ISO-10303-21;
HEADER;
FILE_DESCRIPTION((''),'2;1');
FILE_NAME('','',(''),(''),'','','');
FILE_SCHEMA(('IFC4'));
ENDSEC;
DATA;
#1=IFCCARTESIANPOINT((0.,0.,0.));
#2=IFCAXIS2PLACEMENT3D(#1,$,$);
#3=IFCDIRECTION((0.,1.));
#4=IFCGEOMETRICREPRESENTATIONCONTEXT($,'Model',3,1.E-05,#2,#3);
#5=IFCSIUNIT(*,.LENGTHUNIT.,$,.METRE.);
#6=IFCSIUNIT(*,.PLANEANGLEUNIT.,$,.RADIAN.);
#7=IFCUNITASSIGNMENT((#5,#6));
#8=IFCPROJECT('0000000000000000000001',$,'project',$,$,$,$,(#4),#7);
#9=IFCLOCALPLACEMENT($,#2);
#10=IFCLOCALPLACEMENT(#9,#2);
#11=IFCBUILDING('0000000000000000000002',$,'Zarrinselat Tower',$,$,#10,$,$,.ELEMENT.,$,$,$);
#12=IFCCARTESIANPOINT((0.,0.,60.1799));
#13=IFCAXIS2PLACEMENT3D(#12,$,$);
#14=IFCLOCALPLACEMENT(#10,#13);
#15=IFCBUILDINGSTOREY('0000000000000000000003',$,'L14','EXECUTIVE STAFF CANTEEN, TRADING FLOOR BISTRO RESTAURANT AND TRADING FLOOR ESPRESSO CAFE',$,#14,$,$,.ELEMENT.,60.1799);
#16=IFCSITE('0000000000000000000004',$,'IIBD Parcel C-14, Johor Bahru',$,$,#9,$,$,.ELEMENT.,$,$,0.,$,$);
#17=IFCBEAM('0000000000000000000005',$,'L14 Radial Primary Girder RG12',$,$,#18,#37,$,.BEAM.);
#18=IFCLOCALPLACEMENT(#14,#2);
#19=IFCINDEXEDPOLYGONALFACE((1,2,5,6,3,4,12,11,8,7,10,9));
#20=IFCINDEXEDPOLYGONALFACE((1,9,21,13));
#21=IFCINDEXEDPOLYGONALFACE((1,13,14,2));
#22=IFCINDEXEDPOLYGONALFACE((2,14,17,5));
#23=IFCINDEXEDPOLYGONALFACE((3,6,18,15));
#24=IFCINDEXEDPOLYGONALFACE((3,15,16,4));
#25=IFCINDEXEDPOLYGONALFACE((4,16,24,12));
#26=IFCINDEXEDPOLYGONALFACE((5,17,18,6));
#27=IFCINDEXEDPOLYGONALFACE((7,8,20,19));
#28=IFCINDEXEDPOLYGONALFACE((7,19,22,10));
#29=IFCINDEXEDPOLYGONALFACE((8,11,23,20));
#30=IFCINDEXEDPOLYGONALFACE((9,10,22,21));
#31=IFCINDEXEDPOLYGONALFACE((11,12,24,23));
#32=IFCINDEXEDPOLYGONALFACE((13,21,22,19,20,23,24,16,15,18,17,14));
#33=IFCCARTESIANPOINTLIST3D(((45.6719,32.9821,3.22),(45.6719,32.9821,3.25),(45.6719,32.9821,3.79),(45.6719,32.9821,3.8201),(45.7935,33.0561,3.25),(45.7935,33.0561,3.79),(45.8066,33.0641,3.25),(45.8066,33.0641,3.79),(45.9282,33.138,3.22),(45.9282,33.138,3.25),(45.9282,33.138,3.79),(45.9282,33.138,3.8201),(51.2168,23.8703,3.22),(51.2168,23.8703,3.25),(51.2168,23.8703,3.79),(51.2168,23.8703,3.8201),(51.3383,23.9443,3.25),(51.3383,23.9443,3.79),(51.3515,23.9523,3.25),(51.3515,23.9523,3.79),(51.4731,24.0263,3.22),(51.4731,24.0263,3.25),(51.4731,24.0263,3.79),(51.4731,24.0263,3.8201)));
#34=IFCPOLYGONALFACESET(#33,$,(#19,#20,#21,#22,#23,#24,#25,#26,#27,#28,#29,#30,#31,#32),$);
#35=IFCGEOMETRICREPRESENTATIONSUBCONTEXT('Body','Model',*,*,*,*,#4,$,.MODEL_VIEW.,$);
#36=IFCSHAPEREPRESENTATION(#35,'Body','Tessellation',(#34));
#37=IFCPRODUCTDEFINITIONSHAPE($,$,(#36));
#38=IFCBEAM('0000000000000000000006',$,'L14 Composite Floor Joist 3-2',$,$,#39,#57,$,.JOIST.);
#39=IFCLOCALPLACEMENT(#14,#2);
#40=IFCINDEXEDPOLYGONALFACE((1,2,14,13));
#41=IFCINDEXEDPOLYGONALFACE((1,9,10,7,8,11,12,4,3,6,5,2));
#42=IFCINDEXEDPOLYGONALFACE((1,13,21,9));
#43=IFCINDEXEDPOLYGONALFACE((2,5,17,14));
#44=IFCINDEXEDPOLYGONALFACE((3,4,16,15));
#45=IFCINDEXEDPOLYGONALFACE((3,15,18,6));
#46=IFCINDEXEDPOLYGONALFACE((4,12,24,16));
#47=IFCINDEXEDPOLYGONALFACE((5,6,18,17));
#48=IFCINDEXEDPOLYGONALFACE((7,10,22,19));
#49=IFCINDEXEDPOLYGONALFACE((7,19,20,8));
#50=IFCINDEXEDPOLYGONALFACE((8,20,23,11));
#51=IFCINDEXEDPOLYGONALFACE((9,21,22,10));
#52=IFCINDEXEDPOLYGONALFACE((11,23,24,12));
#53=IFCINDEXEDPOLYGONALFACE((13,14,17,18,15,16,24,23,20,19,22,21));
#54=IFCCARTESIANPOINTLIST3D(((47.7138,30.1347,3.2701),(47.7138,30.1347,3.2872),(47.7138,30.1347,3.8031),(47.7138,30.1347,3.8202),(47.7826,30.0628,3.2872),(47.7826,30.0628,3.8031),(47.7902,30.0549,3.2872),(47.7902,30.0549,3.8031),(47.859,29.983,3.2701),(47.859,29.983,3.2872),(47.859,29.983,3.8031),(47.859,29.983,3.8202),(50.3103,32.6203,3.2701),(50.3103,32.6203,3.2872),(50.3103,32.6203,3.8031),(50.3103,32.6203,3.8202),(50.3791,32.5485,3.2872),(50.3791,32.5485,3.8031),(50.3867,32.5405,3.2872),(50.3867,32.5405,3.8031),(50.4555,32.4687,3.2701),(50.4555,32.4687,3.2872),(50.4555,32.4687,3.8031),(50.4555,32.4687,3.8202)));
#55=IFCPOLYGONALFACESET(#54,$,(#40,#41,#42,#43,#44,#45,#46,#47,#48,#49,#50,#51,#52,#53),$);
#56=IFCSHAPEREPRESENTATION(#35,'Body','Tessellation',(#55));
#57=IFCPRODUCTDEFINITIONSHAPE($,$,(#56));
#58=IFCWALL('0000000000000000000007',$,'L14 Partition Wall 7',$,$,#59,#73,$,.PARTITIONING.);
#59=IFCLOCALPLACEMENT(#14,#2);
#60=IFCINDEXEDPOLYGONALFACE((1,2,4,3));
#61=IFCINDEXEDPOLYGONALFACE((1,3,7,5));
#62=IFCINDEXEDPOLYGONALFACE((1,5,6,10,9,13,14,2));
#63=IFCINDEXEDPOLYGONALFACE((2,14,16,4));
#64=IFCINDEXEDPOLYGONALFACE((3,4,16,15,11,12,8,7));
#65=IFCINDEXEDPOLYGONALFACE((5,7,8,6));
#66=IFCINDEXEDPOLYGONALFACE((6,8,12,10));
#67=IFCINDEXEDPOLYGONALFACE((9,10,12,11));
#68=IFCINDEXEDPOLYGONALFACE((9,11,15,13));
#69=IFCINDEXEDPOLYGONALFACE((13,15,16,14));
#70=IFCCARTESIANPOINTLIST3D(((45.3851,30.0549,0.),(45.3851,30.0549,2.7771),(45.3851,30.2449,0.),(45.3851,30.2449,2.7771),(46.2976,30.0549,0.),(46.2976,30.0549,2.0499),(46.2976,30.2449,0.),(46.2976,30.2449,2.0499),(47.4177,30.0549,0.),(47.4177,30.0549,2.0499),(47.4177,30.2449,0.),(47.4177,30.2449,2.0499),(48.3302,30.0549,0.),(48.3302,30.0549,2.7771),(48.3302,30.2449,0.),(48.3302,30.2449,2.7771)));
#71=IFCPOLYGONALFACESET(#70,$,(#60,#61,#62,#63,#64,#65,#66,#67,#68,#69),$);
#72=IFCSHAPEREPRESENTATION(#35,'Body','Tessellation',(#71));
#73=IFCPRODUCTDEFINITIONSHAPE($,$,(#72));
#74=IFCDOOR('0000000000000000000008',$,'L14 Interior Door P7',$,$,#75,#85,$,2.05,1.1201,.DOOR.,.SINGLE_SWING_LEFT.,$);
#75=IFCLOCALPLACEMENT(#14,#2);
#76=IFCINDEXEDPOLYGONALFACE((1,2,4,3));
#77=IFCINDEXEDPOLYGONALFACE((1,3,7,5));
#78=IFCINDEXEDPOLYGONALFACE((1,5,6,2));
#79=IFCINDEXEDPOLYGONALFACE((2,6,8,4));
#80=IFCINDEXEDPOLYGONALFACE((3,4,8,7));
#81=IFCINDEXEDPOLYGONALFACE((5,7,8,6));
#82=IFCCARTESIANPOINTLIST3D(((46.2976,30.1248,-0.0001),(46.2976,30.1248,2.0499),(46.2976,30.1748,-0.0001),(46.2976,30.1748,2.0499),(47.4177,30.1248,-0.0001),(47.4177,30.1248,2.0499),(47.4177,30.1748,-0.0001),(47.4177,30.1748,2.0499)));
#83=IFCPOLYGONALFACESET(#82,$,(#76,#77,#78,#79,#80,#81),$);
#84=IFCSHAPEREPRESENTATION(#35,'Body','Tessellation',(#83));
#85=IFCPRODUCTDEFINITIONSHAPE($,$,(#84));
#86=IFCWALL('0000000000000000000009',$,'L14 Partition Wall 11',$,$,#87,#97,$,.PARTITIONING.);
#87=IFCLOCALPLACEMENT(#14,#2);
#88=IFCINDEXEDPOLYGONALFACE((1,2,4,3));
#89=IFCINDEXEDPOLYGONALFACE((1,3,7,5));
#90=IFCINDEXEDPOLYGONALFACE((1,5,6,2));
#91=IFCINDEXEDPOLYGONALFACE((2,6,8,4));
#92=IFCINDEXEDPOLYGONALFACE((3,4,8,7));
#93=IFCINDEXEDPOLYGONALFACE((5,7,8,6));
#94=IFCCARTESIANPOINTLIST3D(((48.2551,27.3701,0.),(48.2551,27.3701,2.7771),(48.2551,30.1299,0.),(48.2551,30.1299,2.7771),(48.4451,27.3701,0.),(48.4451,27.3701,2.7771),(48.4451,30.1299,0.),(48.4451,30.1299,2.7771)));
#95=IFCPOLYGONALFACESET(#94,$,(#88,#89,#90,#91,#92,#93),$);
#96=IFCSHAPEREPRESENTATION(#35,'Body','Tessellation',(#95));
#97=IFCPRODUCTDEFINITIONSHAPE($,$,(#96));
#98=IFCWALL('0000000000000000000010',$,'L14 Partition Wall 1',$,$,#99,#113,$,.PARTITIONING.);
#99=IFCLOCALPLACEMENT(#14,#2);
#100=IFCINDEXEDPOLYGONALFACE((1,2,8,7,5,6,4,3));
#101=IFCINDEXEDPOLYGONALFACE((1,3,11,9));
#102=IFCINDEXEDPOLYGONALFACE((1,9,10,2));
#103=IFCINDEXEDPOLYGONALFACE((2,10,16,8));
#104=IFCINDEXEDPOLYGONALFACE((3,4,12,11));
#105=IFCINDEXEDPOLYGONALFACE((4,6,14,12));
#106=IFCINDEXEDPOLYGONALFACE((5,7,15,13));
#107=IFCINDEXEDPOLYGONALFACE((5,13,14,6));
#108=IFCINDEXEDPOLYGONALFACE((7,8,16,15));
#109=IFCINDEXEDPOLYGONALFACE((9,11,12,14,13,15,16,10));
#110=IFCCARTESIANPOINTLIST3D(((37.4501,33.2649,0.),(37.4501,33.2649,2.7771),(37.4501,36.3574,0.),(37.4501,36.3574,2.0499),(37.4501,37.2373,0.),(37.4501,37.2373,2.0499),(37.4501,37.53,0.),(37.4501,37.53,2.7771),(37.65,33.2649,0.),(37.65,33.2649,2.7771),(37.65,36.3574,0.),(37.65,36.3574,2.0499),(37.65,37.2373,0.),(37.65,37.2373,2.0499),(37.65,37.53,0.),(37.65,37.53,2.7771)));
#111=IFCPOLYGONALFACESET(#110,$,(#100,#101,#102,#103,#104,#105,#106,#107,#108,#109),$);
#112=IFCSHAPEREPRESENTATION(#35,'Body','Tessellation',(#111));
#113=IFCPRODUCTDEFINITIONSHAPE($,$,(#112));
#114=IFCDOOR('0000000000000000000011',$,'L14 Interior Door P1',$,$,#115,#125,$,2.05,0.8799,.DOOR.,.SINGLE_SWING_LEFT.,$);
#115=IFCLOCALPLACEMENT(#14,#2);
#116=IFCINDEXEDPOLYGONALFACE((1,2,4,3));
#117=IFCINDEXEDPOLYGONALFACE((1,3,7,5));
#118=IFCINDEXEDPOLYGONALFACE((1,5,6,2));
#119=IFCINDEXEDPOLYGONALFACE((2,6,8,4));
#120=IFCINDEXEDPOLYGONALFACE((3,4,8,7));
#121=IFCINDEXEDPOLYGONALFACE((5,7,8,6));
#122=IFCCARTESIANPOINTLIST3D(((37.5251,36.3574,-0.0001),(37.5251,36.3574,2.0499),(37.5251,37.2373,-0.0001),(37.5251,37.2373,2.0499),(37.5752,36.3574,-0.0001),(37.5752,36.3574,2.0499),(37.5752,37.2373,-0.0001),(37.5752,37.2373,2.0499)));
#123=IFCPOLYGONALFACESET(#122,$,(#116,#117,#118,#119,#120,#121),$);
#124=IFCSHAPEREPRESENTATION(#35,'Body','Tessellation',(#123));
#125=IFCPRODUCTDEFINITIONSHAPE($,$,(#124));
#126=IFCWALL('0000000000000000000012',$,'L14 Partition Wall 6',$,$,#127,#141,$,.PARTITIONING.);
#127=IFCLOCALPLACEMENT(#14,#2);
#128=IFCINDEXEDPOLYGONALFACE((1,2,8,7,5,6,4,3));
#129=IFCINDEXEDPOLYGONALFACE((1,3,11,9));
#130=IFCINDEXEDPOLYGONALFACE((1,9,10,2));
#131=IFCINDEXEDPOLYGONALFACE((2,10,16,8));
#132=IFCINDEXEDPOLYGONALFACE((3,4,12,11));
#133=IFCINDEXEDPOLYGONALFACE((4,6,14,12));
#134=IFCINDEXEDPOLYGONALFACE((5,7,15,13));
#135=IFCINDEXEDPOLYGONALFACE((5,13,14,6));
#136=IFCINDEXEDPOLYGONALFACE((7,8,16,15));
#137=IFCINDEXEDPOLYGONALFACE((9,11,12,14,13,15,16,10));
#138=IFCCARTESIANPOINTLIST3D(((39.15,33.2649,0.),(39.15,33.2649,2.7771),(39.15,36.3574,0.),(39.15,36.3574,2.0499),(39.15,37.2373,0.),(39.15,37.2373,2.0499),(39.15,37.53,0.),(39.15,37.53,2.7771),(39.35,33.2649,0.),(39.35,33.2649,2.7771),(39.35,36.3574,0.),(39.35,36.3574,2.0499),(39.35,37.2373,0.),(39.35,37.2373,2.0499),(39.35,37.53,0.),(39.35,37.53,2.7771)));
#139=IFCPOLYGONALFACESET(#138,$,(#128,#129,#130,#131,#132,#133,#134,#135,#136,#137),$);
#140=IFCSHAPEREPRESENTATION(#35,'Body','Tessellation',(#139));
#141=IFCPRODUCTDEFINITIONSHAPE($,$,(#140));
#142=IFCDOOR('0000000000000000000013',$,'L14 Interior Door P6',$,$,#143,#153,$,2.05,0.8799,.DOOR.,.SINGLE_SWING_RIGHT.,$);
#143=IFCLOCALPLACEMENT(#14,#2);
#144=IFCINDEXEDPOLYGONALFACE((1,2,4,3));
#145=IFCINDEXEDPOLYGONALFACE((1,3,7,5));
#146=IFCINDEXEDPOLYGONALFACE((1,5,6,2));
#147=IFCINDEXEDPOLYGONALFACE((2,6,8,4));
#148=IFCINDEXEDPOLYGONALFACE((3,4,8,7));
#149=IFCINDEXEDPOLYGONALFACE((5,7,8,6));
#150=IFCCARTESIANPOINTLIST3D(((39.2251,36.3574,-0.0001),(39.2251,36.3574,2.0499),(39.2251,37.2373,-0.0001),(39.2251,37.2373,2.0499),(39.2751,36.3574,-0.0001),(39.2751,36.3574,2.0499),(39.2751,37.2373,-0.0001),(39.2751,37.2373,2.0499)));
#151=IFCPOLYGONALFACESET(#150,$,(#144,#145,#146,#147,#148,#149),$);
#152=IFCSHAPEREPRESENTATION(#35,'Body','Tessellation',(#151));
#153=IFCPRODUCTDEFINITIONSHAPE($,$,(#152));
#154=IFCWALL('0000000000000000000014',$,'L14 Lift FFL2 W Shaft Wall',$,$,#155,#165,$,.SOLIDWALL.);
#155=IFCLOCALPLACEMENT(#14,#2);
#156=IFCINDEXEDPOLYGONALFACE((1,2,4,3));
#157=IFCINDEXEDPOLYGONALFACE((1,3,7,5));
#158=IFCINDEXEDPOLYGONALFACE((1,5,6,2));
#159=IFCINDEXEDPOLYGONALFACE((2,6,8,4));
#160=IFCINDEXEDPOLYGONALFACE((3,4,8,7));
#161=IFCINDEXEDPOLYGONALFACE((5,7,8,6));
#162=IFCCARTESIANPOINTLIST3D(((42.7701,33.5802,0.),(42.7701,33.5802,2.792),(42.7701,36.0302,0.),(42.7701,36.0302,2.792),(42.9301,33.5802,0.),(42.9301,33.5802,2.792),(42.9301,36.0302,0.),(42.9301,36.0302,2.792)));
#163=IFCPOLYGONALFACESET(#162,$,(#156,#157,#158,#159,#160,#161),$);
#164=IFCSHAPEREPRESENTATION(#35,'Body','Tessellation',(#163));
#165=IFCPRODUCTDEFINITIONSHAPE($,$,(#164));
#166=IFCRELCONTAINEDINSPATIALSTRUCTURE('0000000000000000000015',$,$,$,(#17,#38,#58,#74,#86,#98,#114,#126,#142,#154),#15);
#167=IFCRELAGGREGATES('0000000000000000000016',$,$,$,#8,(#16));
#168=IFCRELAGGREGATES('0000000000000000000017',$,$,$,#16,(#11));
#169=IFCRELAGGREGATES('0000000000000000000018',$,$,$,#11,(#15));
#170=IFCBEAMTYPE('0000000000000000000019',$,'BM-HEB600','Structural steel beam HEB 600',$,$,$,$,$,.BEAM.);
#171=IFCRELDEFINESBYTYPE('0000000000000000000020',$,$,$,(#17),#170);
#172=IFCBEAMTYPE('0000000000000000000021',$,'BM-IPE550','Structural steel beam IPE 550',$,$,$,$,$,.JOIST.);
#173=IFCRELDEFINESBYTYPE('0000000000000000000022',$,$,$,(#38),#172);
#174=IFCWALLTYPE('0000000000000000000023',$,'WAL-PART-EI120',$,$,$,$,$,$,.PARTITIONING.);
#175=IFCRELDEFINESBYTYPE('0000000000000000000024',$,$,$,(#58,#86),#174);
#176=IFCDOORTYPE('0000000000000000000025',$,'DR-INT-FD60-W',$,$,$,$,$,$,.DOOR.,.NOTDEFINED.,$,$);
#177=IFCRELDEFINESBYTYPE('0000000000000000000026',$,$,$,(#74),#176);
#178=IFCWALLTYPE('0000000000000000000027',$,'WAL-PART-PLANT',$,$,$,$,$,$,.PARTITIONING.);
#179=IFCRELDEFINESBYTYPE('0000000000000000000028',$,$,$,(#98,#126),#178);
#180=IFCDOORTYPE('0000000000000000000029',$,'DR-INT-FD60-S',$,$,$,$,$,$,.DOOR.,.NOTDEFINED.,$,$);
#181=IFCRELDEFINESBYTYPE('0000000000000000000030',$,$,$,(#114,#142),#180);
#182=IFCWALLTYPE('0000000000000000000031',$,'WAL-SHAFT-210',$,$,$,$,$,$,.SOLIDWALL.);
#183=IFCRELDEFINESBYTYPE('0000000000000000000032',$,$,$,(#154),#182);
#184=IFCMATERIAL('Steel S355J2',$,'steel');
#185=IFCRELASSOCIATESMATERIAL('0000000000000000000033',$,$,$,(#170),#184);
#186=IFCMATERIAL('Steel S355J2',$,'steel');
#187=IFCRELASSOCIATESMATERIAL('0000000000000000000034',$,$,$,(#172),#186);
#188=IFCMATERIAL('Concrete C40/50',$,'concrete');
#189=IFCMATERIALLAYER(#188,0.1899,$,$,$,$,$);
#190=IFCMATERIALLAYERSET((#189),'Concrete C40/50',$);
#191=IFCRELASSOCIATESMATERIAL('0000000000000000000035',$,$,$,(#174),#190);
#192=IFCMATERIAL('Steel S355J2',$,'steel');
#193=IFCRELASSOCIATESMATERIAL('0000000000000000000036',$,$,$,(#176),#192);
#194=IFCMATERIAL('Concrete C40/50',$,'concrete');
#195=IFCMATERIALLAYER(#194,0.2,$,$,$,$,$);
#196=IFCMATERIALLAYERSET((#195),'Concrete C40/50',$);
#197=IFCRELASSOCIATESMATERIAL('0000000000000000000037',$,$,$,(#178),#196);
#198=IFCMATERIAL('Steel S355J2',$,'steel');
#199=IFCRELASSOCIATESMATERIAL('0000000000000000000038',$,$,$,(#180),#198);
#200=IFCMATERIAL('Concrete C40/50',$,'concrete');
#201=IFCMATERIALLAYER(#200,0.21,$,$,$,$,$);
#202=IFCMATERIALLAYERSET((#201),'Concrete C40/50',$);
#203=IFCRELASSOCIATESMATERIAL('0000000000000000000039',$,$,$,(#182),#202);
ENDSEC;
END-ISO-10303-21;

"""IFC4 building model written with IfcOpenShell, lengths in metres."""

from ifc_helpers import new_model, si_unit, direction, frame, frame_2d, origin, origin_2d, place, context, subcontext, project, spatial, rectangle, i_section, extrude, material, layer, layer_set, material_profile, profile_set, type_object, element, fill, save


model = new_model("IFC4")

# Units and contexts
model_context = context("Model", 3, precision=1e-05, world=origin(), true_north=direction((0.0, 1.0)))
body_context = subcontext(model_context, "Body", "Model", "MODEL_VIEW")
ifc_project = project(units=[si_unit("LENGTHUNIT", "METRE"), si_unit("PLANEANGLEUNIT", "RADIAN")], contexts=[model_context])

# Site, building, storey
site_placement = place(None, origin())
site = spatial("IfcSite", under=ifc_project, at=site_placement, Name="IIBD Parcel C-14, Johor Bahru", CompositionType="ELEMENT", RefElevation=0.0)
building_placement = place(site_placement, origin())
building = spatial("IfcBuilding", under=site, at=building_placement, Name="Zarrinselat Tower", CompositionType="ELEMENT")
storey_placement = place(building_placement, frame((0.0, 0.0, 60.1799)))
storey = spatial("IfcBuildingStorey", under=building, at=storey_placement, Name="L14", Description="EXECUTIVE STAFF CANTEEN, TRADING FLOOR BISTRO RESTAURANT AND TRADING FLOOR ESPRESSO CAFE", CompositionType="ELEMENT", Elevation=60.1799)

# Beams
ifc_material_1 = material(Name="Steel S355J2", Category="steel")
ifc_material_profile_1 = material_profile(ifc_material_1, i_section(OverallWidth=0.3, OverallDepth=0.6001, WebThickness=0.0154, FlangeThickness=0.03, at=origin_2d()), Name="HEB 600")
ifc_profile_set_1 = profile_set([ifc_material_profile_1], Name="Steel S355J2")
beam_type_1 = type_object("IfcBeamType", Name="BM-HEB600", Description="Structural steel beam HEB 600", PredefinedType="BEAM", material=ifc_profile_set_1)
beam_1_placement = place(storey_placement, frame((45.8, 33.0601, 3.52), z_axis=(0.519851, -0.854257, 0.0), x_axis=(0.854257, 0.519851, 0.0)))
element("IfcBeam", 1, at=beam_1_placement, inside=storey, type_object=beam_type_1, Name="L14 Radial Primary Girder RG12", PredefinedType="BEAM", context=body_context, shape_type="SweptSolid", body=[
    extrude(i_section(OverallWidth=0.3, OverallDepth=0.6001, WebThickness=0.0154, FlangeThickness=0.03, at=origin_2d()), origin(), (0.0, 0.0, 1.0), 10.6663),
])
ifc_material_2 = material(Name="Steel S355J2", Category="steel")
ifc_material_profile_2 = material_profile(ifc_material_2, i_section(OverallWidth=0.21, OverallDepth=0.55, WebThickness=0.011, FlangeThickness=0.0171, at=origin_2d()), Name="IPE 550")
ifc_profile_set_2 = profile_set([ifc_material_profile_2], Name="Steel S355J2")
beam_type_2 = type_object("IfcBeamType", Name="BM-IPE550", Description="Structural steel beam IPE 550", PredefinedType="JOIST", material=ifc_profile_set_2)
beam_2_placement = place(storey_placement, frame((47.7864, 30.0588, 3.5452), z_axis=(0.722357, 0.69152, 0.0), x_axis=(-0.69152, 0.722357, 0.0)))
element("IfcBeam", 2, at=beam_2_placement, inside=storey, type_object=beam_type_2, Name="L14 Composite Floor Joist 3-2", PredefinedType="JOIST", context=body_context, shape_type="SweptSolid", body=[
    extrude(i_section(OverallWidth=0.21, OverallDepth=0.55, WebThickness=0.011, FlangeThickness=0.0171, at=origin_2d()), origin(), (0.0, 0.0, 1.0), 3.5945),
])

# Wall, opening, door
ifc_material_3 = material(Name="Concrete C40/50", Category="concrete")
ifc_layer_1 = layer(ifc_material_3, 0.1899)
ifc_layer_set_1 = layer_set([ifc_layer_1], Name="Concrete C40/50")
wall_type_1 = type_object("IfcWallType", Name="WAL-PART-EI120", PredefinedType="PARTITIONING", material=ifc_layer_set_1)
wall_1_placement = place(storey_placement, frame((45.385, 30.1499, 0.0), z_axis=(0.0, 0.0, 1.0), x_axis=(1.0, 0.0, 0.0)))
wall_1 = element("IfcWall", 3, at=wall_1_placement, inside=storey, type_object=wall_type_1, Name="L14 Partition Wall 7", PredefinedType="PARTITIONING", context=body_context, shape_type="SweptSolid", body=[
    extrude(rectangle(XDim=2.9451, YDim=0.1899, at=frame_2d((1.4727, 0.0))), origin(), (0.0, 0.0, 1.0), 2.7771),
])
opening_1_placement = place(wall_1_placement, frame((0.9126, 0.0, 0.0)))
opening_1 = element("IfcOpeningElement", 4, at=opening_1_placement, cuts=wall_1, PredefinedType="OPENING", context=body_context, shape_type="SweptSolid", body=[
    extrude(rectangle(XDim=1.1201, YDim=2.05, at=frame_2d((0.5601, 1.0249))), frame((0.0, 0.105, 0.0), z_axis=(0.0, -1.0, 0.0), x_axis=(1.0, 0.0, 0.0)), (0.0, 0.0, 1.0), 0.21),
])
ifc_material_4 = material(Name="Steel S355J2", Category="steel")
door_type_1 = type_object("IfcDoorType", Name="DR-INT-FD60-W", OperationType="NOTDEFINED", PredefinedType="DOOR", material=ifc_material_4)
door_1_placement = place(opening_1_placement, origin())
door_1 = element("IfcDoor", 5, at=door_1_placement, inside=storey, type_object=door_type_1, Name="L14 Interior Door P7", OperationType="SINGLE_SWING_LEFT", OverallHeight=2.05, OverallWidth=1.1201, PredefinedType="DOOR", context=body_context, shape_type="SweptSolid", body=[
    extrude(rectangle(XDim=1.1201, YDim=2.05, at=frame_2d((0.5601, 1.0249))), frame((0.0, 0.0249, 0.0), z_axis=(0.0, -1.0, 0.0), x_axis=(1.0, 0.0, 0.0)), (0.0, 0.0, 1.0), 0.05),
])
fill(opening_1, door_1)

# Wall
wall_2_placement = place(storey_placement, frame((48.3501, 27.3701, 0.0), z_axis=(0.0, 0.0, 1.0), x_axis=(0.0, 1.0, 0.0)))
element("IfcWall", 6, at=wall_2_placement, inside=storey, type_object=wall_type_1, Name="L14 Partition Wall 11", PredefinedType="PARTITIONING", context=body_context, shape_type="SweptSolid", body=[
    extrude(rectangle(XDim=2.7598, YDim=0.1899, at=frame_2d((1.3799, 0.0))), origin(), (0.0, 0.0, 1.0), 2.7771),
])

# Walls, openings, doors
ifc_material_5 = material(Name="Concrete C40/50", Category="concrete")
ifc_layer_2 = layer(ifc_material_5, 0.2)
ifc_layer_set_2 = layer_set([ifc_layer_2], Name="Concrete C40/50")
wall_type_2 = type_object("IfcWallType", Name="WAL-PART-PLANT", PredefinedType="PARTITIONING", material=ifc_layer_set_2)
wall_3_placement = place(storey_placement, frame((37.55, 33.2649, 0.0), z_axis=(0.0, 0.0, 1.0), x_axis=(0.0, 1.0, 0.0)))
wall_3 = element("IfcWall", 7, at=wall_3_placement, inside=storey, type_object=wall_type_2, Name="L14 Partition Wall 1", PredefinedType="PARTITIONING", context=body_context, shape_type="SweptSolid", body=[
    extrude(rectangle(XDim=4.2651, YDim=0.2, at=frame_2d((2.1326, 0.0))), origin(), (0.0, 0.0, 1.0), 2.7771),
])
opening_2_placement = place(wall_3_placement, frame((3.0925, 0.0, 0.0)))
opening_2 = element("IfcOpeningElement", 8, at=opening_2_placement, cuts=wall_3, PredefinedType="OPENING", context=body_context, shape_type="SweptSolid", body=[
    extrude(rectangle(XDim=0.8799, YDim=2.05, at=frame_2d((0.4399, 1.0249))), frame((0.0, 0.1099, 0.0), z_axis=(0.0, -1.0, 0.0), x_axis=(1.0, 0.0, 0.0)), (0.0, 0.0, 1.0), 0.22),
])
ifc_material_6 = material(Name="Steel S355J2", Category="steel")
door_type_2 = type_object("IfcDoorType", Name="DR-INT-FD60-S", OperationType="NOTDEFINED", PredefinedType="DOOR", material=ifc_material_6)
door_2_placement = place(opening_2_placement, origin())
door_2 = element("IfcDoor", 9, at=door_2_placement, inside=storey, type_object=door_type_2, Name="L14 Interior Door P1", OperationType="SINGLE_SWING_LEFT", OverallHeight=2.05, OverallWidth=0.8799, PredefinedType="DOOR", context=body_context, shape_type="SweptSolid", body=[
    extrude(rectangle(XDim=0.8799, YDim=2.05, at=frame_2d((0.4399, 1.0249))), frame((0.0, 0.0249, 0.0), z_axis=(0.0, -1.0, 0.0), x_axis=(1.0, 0.0, 0.0)), (0.0, 0.0, 1.0), 0.05),
])
fill(opening_2, door_2)
wall_4_placement = place(storey_placement, frame((39.25, 33.2649, 0.0), z_axis=(0.0, 0.0, 1.0), x_axis=(0.0, 1.0, 0.0)))
wall_4 = element("IfcWall", 10, at=wall_4_placement, inside=storey, type_object=wall_type_2, Name="L14 Partition Wall 6", PredefinedType="PARTITIONING", context=body_context, shape_type="SweptSolid", body=[
    extrude(rectangle(XDim=4.2651, YDim=0.2, at=frame_2d((2.1326, 0.0))), origin(), (0.0, 0.0, 1.0), 2.7771),
])
opening_3_placement = place(wall_4_placement, frame((3.0925, 0.0, 0.0)))
opening_3 = element("IfcOpeningElement", 11, at=opening_3_placement, cuts=wall_4, PredefinedType="OPENING", context=body_context, shape_type="SweptSolid", body=[
    extrude(rectangle(XDim=0.8799, YDim=2.05, at=frame_2d((0.4399, 1.0249))), frame((0.0, 0.1099, 0.0), z_axis=(0.0, -1.0, 0.0), x_axis=(1.0, 0.0, 0.0)), (0.0, 0.0, 1.0), 0.22),
])
door_3_placement = place(opening_3_placement, origin())
door_3 = element("IfcDoor", 12, at=door_3_placement, inside=storey, type_object=door_type_2, Name="L14 Interior Door P6", OperationType="SINGLE_SWING_RIGHT", OverallHeight=2.05, OverallWidth=0.8799, PredefinedType="DOOR", context=body_context, shape_type="SweptSolid", body=[
    extrude(rectangle(XDim=0.8799, YDim=2.05, at=frame_2d((0.4399, 1.0249))), frame((0.0, 0.0249, 0.0), z_axis=(0.0, -1.0, 0.0), x_axis=(1.0, 0.0, 0.0)), (0.0, 0.0, 1.0), 0.05),
])
fill(opening_3, door_3)

# Wall
ifc_material_7 = material(Name="Concrete C40/50", Category="concrete")
ifc_layer_3 = layer(ifc_material_7, 0.21)
ifc_layer_set_3 = layer_set([ifc_layer_3], Name="Concrete C40/50")
wall_type_3 = type_object("IfcWallType", Name="WAL-SHAFT-210", PredefinedType="SOLIDWALL", material=ifc_layer_set_3)
wall_5_placement = place(storey_placement, frame((42.8501, 33.5801, 0.0), z_axis=(0.0, 0.0, 1.0), x_axis=(0.0, 1.0, 0.0)))
element("IfcWall", 13, at=wall_5_placement, inside=storey, type_object=wall_type_3, Name="L14 Lift FFL2 W Shaft Wall", PredefinedType="SOLIDWALL", context=body_context, shape_type="SweptSolid", body=[
    extrude(rectangle(XDim=2.45, YDim=0.1599, at=frame_2d((1.2251, 0.0))), origin(), (0.0, 0.0, 1.0), 2.792),
])

save(model, "model.ifc")
